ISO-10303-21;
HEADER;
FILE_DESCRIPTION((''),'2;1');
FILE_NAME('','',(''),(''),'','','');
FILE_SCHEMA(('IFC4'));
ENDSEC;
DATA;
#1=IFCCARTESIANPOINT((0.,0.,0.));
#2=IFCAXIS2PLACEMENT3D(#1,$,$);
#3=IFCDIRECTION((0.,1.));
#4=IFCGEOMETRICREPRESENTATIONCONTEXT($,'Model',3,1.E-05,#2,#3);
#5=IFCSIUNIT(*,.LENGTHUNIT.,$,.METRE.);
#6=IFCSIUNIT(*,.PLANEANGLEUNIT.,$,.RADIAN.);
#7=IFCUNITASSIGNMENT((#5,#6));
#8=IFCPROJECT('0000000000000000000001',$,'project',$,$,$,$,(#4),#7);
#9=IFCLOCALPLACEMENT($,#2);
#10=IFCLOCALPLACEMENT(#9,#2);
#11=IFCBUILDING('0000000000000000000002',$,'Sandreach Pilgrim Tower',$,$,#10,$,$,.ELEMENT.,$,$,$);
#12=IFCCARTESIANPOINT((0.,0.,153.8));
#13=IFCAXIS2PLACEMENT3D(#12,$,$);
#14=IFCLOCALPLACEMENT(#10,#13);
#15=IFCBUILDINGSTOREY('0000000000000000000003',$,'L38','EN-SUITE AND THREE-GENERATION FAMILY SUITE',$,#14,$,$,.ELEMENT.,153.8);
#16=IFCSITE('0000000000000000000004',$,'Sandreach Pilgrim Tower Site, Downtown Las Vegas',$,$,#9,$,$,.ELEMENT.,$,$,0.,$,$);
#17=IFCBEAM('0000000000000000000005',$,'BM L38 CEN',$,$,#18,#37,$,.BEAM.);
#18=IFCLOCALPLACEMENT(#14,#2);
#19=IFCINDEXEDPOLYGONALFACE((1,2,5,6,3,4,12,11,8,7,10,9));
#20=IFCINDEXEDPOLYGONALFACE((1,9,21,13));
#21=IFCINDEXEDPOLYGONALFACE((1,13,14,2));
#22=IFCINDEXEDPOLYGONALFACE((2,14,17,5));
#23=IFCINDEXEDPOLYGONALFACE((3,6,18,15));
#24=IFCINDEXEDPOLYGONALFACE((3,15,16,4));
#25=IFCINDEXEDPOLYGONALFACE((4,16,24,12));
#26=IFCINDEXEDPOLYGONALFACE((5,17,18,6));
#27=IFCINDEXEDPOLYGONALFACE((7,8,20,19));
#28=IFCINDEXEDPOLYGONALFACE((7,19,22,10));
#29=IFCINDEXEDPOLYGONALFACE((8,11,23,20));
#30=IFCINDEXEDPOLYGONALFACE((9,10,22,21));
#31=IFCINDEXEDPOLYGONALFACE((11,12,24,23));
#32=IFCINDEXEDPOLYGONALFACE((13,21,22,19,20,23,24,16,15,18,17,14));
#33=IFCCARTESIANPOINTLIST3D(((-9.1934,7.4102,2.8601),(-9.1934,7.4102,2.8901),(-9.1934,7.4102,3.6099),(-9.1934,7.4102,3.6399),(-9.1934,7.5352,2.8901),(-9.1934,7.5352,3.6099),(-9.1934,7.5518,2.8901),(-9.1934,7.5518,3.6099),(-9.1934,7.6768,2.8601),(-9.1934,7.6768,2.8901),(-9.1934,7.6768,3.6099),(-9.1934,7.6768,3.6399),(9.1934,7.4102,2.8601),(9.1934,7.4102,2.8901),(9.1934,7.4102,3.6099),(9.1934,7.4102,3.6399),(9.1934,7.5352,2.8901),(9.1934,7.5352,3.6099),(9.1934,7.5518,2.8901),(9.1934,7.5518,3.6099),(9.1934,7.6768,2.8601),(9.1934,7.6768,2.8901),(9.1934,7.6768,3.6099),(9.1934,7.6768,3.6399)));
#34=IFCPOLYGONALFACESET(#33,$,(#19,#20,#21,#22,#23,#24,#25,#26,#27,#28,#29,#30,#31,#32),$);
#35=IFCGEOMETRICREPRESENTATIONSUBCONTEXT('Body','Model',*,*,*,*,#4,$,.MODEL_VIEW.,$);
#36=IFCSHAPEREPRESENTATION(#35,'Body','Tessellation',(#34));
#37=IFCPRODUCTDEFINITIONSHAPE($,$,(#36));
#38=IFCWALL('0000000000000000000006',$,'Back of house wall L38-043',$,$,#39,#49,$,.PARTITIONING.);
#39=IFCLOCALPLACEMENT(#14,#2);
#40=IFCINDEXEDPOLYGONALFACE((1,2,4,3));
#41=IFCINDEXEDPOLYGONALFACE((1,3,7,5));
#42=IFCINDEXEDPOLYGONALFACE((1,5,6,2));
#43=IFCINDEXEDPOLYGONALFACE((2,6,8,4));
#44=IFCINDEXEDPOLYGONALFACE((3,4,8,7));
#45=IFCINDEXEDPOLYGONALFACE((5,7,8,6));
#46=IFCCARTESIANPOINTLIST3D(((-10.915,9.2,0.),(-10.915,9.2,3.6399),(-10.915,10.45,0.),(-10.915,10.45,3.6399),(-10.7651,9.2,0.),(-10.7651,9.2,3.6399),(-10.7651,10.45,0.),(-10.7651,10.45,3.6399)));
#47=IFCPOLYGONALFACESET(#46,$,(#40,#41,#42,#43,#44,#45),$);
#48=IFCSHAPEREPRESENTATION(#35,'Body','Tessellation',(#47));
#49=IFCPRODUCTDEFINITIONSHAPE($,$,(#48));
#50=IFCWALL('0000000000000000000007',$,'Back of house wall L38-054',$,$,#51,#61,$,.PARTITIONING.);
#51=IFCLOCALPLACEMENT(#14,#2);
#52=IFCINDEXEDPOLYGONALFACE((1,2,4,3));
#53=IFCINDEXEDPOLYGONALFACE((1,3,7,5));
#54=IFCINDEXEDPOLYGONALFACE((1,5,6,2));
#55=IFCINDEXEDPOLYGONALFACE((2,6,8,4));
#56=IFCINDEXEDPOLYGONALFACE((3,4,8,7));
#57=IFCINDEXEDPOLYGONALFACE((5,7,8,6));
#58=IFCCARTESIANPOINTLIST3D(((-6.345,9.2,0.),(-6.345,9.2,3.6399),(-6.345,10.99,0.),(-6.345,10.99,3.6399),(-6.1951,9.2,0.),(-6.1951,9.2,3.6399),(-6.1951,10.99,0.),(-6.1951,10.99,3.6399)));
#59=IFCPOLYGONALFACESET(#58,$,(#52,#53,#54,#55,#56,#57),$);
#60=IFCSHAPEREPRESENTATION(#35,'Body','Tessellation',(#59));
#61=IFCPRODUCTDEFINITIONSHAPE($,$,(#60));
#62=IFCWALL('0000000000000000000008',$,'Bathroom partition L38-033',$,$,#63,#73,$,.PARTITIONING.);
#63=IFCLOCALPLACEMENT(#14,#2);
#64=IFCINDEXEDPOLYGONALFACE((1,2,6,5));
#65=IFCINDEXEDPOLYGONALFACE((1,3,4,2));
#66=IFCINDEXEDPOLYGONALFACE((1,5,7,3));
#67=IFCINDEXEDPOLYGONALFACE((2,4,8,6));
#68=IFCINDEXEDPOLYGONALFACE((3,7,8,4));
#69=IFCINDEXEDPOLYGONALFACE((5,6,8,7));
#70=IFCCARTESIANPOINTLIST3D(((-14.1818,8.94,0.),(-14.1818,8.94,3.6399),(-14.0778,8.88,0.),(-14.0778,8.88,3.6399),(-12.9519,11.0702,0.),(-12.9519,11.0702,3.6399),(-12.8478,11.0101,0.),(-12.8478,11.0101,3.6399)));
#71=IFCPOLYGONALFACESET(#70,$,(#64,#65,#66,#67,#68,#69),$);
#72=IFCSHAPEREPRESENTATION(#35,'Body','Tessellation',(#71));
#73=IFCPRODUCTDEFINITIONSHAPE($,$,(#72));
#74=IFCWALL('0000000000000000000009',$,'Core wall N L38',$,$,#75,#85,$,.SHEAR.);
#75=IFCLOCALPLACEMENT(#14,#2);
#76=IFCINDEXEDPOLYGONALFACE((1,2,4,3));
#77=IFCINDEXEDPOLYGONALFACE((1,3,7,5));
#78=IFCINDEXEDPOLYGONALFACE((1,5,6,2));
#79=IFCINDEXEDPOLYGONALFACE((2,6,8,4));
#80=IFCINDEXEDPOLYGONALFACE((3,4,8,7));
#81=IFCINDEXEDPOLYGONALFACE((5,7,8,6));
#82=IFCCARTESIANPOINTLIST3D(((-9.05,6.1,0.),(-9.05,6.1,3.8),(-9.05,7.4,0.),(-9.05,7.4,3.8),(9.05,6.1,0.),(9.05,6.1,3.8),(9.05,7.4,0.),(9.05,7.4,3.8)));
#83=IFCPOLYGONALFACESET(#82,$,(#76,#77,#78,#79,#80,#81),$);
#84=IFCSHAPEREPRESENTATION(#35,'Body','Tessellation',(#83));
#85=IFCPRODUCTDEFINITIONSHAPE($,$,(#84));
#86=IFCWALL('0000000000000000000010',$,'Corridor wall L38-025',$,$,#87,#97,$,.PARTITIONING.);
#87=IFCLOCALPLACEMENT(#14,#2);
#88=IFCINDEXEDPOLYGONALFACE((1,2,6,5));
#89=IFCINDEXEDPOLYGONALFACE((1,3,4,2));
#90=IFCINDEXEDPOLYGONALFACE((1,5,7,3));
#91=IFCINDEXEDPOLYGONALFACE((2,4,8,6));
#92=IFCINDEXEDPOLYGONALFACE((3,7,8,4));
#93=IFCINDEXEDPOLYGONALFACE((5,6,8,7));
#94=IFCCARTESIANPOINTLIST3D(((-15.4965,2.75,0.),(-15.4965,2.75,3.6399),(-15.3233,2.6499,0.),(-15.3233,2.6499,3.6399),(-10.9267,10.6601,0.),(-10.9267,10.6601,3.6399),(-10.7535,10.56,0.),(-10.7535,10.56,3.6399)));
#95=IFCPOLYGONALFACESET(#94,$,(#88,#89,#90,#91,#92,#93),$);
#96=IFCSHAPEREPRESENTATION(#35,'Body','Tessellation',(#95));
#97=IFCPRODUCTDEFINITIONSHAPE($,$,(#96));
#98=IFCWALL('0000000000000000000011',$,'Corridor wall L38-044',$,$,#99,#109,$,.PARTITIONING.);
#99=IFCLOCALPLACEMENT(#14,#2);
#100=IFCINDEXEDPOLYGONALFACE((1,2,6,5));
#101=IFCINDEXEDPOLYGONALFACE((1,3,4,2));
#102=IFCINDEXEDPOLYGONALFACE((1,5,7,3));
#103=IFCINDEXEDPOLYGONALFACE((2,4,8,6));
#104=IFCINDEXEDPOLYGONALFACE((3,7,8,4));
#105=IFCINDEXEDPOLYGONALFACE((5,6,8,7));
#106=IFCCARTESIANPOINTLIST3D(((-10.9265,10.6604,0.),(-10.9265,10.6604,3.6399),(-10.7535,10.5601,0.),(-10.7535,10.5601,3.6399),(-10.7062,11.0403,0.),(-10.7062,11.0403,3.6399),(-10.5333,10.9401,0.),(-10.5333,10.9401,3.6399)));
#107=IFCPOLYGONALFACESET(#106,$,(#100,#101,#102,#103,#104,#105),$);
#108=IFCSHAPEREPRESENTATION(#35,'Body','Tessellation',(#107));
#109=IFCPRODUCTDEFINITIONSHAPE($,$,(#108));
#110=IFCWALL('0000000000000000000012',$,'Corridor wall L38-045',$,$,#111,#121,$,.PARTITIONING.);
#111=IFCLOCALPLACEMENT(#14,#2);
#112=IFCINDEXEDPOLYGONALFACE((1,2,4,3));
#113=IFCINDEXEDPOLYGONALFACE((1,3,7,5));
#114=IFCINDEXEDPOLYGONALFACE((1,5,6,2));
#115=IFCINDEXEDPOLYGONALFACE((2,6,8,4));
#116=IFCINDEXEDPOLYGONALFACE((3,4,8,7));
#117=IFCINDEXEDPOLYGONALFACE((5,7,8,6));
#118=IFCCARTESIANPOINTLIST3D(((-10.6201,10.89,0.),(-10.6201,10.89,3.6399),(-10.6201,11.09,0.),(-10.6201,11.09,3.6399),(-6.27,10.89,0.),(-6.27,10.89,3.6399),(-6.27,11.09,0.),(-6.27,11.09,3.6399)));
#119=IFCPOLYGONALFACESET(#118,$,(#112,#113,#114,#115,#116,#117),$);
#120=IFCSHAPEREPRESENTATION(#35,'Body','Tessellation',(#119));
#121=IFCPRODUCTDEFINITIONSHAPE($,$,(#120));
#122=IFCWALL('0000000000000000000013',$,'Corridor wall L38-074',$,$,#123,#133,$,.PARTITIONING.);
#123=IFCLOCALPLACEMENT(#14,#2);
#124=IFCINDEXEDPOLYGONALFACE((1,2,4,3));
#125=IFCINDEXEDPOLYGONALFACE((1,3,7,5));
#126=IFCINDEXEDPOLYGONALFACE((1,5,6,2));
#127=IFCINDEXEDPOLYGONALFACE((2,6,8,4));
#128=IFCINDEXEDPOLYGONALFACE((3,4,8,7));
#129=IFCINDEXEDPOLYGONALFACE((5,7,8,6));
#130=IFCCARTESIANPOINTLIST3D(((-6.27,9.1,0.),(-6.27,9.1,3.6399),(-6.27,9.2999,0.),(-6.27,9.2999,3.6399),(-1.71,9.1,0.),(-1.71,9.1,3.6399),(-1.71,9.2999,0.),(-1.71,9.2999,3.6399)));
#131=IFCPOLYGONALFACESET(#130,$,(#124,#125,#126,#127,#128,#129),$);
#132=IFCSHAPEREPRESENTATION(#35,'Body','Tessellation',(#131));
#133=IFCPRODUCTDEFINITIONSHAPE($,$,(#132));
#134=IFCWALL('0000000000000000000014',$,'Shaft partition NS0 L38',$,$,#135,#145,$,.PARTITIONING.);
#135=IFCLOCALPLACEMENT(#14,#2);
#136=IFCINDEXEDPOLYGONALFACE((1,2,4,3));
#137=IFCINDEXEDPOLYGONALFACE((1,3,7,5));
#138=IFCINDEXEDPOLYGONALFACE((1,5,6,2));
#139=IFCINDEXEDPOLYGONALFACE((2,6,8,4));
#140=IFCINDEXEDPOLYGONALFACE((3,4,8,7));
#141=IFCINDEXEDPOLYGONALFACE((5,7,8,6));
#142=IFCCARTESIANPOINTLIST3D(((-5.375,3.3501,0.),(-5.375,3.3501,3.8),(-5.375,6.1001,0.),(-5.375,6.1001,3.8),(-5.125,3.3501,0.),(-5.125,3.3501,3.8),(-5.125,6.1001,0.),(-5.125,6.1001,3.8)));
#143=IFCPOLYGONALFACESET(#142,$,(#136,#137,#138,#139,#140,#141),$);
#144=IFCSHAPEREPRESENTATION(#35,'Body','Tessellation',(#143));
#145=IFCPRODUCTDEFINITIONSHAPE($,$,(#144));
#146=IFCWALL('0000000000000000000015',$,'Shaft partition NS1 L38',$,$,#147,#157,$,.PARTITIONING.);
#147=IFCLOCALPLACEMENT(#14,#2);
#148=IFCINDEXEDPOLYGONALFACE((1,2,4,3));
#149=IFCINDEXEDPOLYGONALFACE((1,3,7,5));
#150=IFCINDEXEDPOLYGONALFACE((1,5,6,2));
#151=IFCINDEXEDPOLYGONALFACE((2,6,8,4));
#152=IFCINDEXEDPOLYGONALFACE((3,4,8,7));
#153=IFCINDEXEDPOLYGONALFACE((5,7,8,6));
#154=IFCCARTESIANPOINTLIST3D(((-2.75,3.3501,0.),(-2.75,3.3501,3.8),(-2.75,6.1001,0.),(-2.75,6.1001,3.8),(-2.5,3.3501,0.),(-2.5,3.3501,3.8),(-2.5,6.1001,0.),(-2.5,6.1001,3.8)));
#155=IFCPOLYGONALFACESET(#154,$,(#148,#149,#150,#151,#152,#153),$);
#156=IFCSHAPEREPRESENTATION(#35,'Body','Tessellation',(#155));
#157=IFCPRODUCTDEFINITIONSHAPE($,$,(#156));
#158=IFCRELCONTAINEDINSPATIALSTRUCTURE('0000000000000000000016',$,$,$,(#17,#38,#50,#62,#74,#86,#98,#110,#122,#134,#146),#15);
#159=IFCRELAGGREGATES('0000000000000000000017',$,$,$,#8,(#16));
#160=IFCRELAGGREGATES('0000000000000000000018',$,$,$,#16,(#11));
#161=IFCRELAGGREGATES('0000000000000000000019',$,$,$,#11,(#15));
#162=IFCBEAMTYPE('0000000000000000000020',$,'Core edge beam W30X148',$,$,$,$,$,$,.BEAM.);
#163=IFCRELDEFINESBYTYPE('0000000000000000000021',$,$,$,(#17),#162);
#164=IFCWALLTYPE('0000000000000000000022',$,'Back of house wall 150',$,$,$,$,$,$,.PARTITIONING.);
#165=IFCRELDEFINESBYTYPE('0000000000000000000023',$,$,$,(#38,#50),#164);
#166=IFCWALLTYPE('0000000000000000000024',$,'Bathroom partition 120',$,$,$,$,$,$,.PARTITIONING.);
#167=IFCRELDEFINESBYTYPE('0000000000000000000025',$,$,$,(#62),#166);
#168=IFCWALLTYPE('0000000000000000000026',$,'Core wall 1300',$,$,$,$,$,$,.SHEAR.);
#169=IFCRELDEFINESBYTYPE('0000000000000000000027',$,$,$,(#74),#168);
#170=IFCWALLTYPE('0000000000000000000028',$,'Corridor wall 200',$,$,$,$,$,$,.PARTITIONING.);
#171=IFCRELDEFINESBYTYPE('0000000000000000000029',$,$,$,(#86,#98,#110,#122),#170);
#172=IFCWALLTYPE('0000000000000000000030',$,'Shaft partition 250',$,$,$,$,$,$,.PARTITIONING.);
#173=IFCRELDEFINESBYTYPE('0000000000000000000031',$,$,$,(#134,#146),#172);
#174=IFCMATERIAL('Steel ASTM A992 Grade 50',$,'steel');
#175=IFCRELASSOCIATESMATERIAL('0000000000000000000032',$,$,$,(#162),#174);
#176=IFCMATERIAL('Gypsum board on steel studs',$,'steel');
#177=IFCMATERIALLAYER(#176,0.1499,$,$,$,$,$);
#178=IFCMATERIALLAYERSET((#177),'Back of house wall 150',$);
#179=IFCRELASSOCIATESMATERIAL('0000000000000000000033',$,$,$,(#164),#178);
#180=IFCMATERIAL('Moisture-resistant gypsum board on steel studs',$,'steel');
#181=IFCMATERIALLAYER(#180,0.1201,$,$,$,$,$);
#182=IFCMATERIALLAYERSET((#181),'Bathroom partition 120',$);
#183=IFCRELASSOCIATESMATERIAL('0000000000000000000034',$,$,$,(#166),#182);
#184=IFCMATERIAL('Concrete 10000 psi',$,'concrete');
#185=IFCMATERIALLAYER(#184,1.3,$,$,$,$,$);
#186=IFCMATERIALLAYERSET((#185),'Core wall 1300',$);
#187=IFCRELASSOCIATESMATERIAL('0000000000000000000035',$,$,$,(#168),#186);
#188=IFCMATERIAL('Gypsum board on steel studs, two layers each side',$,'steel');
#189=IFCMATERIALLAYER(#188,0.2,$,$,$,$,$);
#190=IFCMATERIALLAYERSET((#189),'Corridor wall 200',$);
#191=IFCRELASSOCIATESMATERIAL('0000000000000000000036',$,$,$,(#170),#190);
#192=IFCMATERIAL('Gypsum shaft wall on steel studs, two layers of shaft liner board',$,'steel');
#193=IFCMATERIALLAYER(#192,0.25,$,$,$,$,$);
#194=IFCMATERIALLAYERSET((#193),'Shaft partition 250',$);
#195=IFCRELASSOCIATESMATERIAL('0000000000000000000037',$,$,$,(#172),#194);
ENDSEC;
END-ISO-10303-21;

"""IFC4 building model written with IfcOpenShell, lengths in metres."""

from ifc_helpers import new_model, si_unit, direction, frame, frame_2d, origin, origin_2d, place, context, subcontext, project, spatial, rectangle, i_section, extrude, material, layer, layer_set, material_profile, profile_set, type_object, element, save


model = new_model("IFC4")

# Units and contexts
model_context = context("Model", 3, precision=1e-05, world=origin(), true_north=direction((0.0, 1.0)))
body_context = subcontext(model_context, "Body", "Model", "MODEL_VIEW")
ifc_project = project(units=[si_unit("LENGTHUNIT", "METRE"), si_unit("PLANEANGLEUNIT", "RADIAN")], contexts=[model_context])

# Site, building, storey
site_placement = place(None, origin())
site = spatial("IfcSite", under=ifc_project, at=site_placement, Name="Sandreach Pilgrim Tower Site, Downtown Las Vegas", CompositionType="ELEMENT", RefElevation=0.0)
building_placement = place(site_placement, origin())
building = spatial("IfcBuilding", under=site, at=building_placement, Name="Sandreach Pilgrim Tower", CompositionType="ELEMENT")
storey_placement = place(building_placement, frame((0.0, 0.0, 153.8)))
storey = spatial("IfcBuildingStorey", under=building, at=storey_placement, Name="L38", Description="EN-SUITE AND THREE-GENERATION FAMILY SUITE", CompositionType="ELEMENT", Elevation=153.8)

# Beam
ifc_material_1 = material(Name="Steel ASTM A992 Grade 50", Category="steel")
ifc_material_profile = material_profile(ifc_material_1, i_section(OverallWidth=0.2666, OverallDepth=0.7798, WebThickness=0.0166, FlangeThickness=0.03, at=origin_2d()), Name="W30X148")
ifc_profile_set = profile_set([ifc_material_profile], Name="Steel ASTM A992 Grade 50")
beam_type = type_object("IfcBeamType", Name="Core edge beam W30X148", PredefinedType="BEAM", material=ifc_profile_set)
beam_placement = place(storey_placement, frame((-9.1934, 7.5435, 3.25), z_axis=(1.0, 0.0, 0.0), x_axis=(0.0, 1.0, 0.0)))
element("IfcBeam", 1, at=beam_placement, inside=storey, type_object=beam_type, Name="BM L38 CEN", PredefinedType="BEAM", context=body_context, shape_type="SweptSolid", body=[
    extrude(i_section(OverallWidth=0.2666, OverallDepth=0.7798, WebThickness=0.0166, FlangeThickness=0.03, at=origin_2d()), origin(), (0.0, 0.0, 1.0), 18.3867),
])

# Walls
ifc_material_2 = material(Name="Gypsum board on steel studs", Category="steel")
ifc_layer_1 = layer(ifc_material_2, 0.1499)
ifc_layer_set_1 = layer_set([ifc_layer_1], Name="Back of house wall 150")
wall_type_1 = type_object("IfcWallType", Name="Back of house wall 150", PredefinedType="PARTITIONING", material=ifc_layer_set_1)
wall_1_placement = place(storey_placement, frame((-10.8401, 10.45, 0.0), z_axis=(0.0, 0.0, 1.0), x_axis=(0.0, -1.0, 0.0)))
element("IfcWall", 2, at=wall_1_placement, inside=storey, type_object=wall_type_1, Name="Back of house wall L38-043", PredefinedType="PARTITIONING", context=body_context, shape_type="SweptSolid", body=[
    extrude(rectangle(XDim=1.25, YDim=0.1499, at=frame_2d((0.625, 0.0))), origin(), (0.0, 0.0, 1.0), 3.6399),
])
wall_2_placement = place(storey_placement, frame((-6.27, 10.99, 0.0), z_axis=(0.0, 0.0, 1.0), x_axis=(0.0, -1.0, 0.0)))
element("IfcWall", 3, at=wall_2_placement, inside=storey, type_object=wall_type_1, Name="Back of house wall L38-054", PredefinedType="PARTITIONING", context=body_context, shape_type="SweptSolid", body=[
    extrude(rectangle(XDim=1.79, YDim=0.1499, at=frame_2d((0.895, 0.0))), origin(), (0.0, 0.0, 1.0), 3.6399),
])
ifc_material_3 = material(Name="Moisture-resistant gypsum board on steel studs", Category="steel")
ifc_layer_2 = layer(ifc_material_3, 0.1201)
ifc_layer_set_2 = layer_set([ifc_layer_2], Name="Bathroom partition 120")
wall_type_2 = type_object("IfcWallType", Name="Bathroom partition 120", PredefinedType="PARTITIONING", material=ifc_layer_set_2)
wall_3_placement = place(storey_placement, frame((-14.1299, 8.9099, 0.0), z_axis=(0.0, 0.0, 1.0), x_axis=(0.500046, 0.865999, 0.0)))
element("IfcWall", 4, at=wall_3_placement, inside=storey, type_object=wall_type_2, Name="Bathroom partition L38-033", PredefinedType="PARTITIONING", context=body_context, shape_type="SweptSolid", body=[
    extrude(rectangle(XDim=2.4597, YDim=0.1201, at=frame_2d((1.23, 0.0))), origin(), (0.0, 0.0, 1.0), 3.6399),
])

# Walls
ifc_material_4 = material(Name="Concrete 10000 psi", Category="concrete")
ifc_layer_3 = layer(ifc_material_4, 1.3)
ifc_layer_set_3 = layer_set([ifc_layer_3], Name="Core wall 1300")
wall_type_3 = type_object("IfcWallType", Name="Core wall 1300", PredefinedType="SHEAR", material=ifc_layer_set_3)
wall_4_placement = place(storey_placement, frame((-9.05, 6.75, 0.0), z_axis=(0.0, 0.0, 1.0), x_axis=(1.0, 0.0, 0.0)))
element("IfcWall", 5, at=wall_4_placement, inside=storey, type_object=wall_type_3, Name="Core wall N L38", PredefinedType="SHEAR", context=body_context, shape_type="SweptSolid", body=[
    extrude(rectangle(XDim=18.1001, YDim=1.3, at=frame_2d((9.05, 0.0))), origin(), (0.0, 0.0, 1.0), 3.8),
])
ifc_material_5 = material(Name="Gypsum board on steel studs, two layers each side", Category="steel")
ifc_layer_4 = layer(ifc_material_5, 0.2)
ifc_layer_set_4 = layer_set([ifc_layer_4], Name="Corridor wall 200")
wall_type_4 = type_object("IfcWallType", Name="Corridor wall 200", PredefinedType="PARTITIONING", material=ifc_layer_set_4)
wall_5_placement = place(storey_placement, frame((-15.4099, 2.7, 0.0), z_axis=(0.0, 0.0, 1.0), x_axis=(0.500238, 0.865888, 0.0)))
element("IfcWall", 6, at=wall_5_placement, inside=storey, type_object=wall_type_4, Name="Corridor wall L38-025", PredefinedType="PARTITIONING", context=body_context, shape_type="SweptSolid", body=[
    extrude(rectangle(XDim=9.1353, YDim=0.2, at=frame_2d((4.5676, 0.0))), origin(), (0.0, 0.0, 1.0), 3.6399),
])

# Walls
wall_6_placement = place(storey_placement, frame((-10.8401, 10.6101, 0.0), z_axis=(0.0, 0.0, 1.0), x_axis=(0.501518, 0.865147, 0.0)))
element("IfcWall", 7, at=wall_6_placement, inside=storey, type_object=wall_type_4, Name="Corridor wall L38-044", PredefinedType="PARTITIONING", context=body_context, shape_type="SweptSolid", body=[
    extrude(rectangle(XDim=0.4392, YDim=0.2, at=frame_2d((0.2197, 0.0))), origin(), (0.0, 0.0, 1.0), 3.6399),
])
wall_7_placement = place(storey_placement, frame((-10.6201, 10.99, 0.0), z_axis=(0.0, 0.0, 1.0), x_axis=(1.0, 0.0, 0.0)))
element("IfcWall", 8, at=wall_7_placement, inside=storey, type_object=wall_type_4, Name="Corridor wall L38-045", PredefinedType="PARTITIONING", context=body_context, shape_type="SweptSolid", body=[
    extrude(rectangle(XDim=4.3501, YDim=0.2, at=frame_2d((2.175, 0.0))), origin(), (0.0, 0.0, 1.0), 3.6399),
])

# Walls
wall_8_placement = place(storey_placement, frame((-1.71, 9.2, 0.0), z_axis=(0.0, 0.0, 1.0), x_axis=(-1.0, 0.0, 0.0)))
element("IfcWall", 9, at=wall_8_placement, inside=storey, type_object=wall_type_4, Name="Corridor wall L38-074", PredefinedType="PARTITIONING", context=body_context, shape_type="SweptSolid", body=[
    extrude(rectangle(XDim=4.5601, YDim=0.2, at=frame_2d((2.28, 0.0))), origin(), (0.0, 0.0, 1.0), 3.6399),
])
ifc_material_6 = material(Name="Gypsum shaft wall on steel studs, two layers of shaft liner board", Category="steel")
ifc_layer_5 = layer(ifc_material_6, 0.25)
ifc_layer_set_5 = layer_set([ifc_layer_5], Name="Shaft partition 250")
wall_type_5 = type_object("IfcWallType", Name="Shaft partition 250", PredefinedType="PARTITIONING", material=ifc_layer_set_5)
for number, where, z_axis, x_axis, name in (
    (10, (-5.25, 3.3501, 0.0), (0.0, 0.0, 1.0), (0.0, 1.0, 0.0), "Shaft partition NS0 L38"),
    (11, (-2.625, 3.3501, 0.0), (0.0, 0.0, 1.0), (0.0, 1.0, 0.0), "Shaft partition NS1 L38"),
):
    element("IfcWall", number, at=place(storey_placement, frame(where, z_axis=z_axis, x_axis=x_axis)), inside=storey, type_object=wall_type_5, Name=name, PredefinedType="PARTITIONING", context=body_context, shape_type="SweptSolid", body=[
        extrude(rectangle(XDim=2.75, YDim=0.25, at=frame_2d((1.375, 0.0))), origin(), (0.0, 0.0, 1.0), 3.8),
    ])

save(model, "model.ifc")
